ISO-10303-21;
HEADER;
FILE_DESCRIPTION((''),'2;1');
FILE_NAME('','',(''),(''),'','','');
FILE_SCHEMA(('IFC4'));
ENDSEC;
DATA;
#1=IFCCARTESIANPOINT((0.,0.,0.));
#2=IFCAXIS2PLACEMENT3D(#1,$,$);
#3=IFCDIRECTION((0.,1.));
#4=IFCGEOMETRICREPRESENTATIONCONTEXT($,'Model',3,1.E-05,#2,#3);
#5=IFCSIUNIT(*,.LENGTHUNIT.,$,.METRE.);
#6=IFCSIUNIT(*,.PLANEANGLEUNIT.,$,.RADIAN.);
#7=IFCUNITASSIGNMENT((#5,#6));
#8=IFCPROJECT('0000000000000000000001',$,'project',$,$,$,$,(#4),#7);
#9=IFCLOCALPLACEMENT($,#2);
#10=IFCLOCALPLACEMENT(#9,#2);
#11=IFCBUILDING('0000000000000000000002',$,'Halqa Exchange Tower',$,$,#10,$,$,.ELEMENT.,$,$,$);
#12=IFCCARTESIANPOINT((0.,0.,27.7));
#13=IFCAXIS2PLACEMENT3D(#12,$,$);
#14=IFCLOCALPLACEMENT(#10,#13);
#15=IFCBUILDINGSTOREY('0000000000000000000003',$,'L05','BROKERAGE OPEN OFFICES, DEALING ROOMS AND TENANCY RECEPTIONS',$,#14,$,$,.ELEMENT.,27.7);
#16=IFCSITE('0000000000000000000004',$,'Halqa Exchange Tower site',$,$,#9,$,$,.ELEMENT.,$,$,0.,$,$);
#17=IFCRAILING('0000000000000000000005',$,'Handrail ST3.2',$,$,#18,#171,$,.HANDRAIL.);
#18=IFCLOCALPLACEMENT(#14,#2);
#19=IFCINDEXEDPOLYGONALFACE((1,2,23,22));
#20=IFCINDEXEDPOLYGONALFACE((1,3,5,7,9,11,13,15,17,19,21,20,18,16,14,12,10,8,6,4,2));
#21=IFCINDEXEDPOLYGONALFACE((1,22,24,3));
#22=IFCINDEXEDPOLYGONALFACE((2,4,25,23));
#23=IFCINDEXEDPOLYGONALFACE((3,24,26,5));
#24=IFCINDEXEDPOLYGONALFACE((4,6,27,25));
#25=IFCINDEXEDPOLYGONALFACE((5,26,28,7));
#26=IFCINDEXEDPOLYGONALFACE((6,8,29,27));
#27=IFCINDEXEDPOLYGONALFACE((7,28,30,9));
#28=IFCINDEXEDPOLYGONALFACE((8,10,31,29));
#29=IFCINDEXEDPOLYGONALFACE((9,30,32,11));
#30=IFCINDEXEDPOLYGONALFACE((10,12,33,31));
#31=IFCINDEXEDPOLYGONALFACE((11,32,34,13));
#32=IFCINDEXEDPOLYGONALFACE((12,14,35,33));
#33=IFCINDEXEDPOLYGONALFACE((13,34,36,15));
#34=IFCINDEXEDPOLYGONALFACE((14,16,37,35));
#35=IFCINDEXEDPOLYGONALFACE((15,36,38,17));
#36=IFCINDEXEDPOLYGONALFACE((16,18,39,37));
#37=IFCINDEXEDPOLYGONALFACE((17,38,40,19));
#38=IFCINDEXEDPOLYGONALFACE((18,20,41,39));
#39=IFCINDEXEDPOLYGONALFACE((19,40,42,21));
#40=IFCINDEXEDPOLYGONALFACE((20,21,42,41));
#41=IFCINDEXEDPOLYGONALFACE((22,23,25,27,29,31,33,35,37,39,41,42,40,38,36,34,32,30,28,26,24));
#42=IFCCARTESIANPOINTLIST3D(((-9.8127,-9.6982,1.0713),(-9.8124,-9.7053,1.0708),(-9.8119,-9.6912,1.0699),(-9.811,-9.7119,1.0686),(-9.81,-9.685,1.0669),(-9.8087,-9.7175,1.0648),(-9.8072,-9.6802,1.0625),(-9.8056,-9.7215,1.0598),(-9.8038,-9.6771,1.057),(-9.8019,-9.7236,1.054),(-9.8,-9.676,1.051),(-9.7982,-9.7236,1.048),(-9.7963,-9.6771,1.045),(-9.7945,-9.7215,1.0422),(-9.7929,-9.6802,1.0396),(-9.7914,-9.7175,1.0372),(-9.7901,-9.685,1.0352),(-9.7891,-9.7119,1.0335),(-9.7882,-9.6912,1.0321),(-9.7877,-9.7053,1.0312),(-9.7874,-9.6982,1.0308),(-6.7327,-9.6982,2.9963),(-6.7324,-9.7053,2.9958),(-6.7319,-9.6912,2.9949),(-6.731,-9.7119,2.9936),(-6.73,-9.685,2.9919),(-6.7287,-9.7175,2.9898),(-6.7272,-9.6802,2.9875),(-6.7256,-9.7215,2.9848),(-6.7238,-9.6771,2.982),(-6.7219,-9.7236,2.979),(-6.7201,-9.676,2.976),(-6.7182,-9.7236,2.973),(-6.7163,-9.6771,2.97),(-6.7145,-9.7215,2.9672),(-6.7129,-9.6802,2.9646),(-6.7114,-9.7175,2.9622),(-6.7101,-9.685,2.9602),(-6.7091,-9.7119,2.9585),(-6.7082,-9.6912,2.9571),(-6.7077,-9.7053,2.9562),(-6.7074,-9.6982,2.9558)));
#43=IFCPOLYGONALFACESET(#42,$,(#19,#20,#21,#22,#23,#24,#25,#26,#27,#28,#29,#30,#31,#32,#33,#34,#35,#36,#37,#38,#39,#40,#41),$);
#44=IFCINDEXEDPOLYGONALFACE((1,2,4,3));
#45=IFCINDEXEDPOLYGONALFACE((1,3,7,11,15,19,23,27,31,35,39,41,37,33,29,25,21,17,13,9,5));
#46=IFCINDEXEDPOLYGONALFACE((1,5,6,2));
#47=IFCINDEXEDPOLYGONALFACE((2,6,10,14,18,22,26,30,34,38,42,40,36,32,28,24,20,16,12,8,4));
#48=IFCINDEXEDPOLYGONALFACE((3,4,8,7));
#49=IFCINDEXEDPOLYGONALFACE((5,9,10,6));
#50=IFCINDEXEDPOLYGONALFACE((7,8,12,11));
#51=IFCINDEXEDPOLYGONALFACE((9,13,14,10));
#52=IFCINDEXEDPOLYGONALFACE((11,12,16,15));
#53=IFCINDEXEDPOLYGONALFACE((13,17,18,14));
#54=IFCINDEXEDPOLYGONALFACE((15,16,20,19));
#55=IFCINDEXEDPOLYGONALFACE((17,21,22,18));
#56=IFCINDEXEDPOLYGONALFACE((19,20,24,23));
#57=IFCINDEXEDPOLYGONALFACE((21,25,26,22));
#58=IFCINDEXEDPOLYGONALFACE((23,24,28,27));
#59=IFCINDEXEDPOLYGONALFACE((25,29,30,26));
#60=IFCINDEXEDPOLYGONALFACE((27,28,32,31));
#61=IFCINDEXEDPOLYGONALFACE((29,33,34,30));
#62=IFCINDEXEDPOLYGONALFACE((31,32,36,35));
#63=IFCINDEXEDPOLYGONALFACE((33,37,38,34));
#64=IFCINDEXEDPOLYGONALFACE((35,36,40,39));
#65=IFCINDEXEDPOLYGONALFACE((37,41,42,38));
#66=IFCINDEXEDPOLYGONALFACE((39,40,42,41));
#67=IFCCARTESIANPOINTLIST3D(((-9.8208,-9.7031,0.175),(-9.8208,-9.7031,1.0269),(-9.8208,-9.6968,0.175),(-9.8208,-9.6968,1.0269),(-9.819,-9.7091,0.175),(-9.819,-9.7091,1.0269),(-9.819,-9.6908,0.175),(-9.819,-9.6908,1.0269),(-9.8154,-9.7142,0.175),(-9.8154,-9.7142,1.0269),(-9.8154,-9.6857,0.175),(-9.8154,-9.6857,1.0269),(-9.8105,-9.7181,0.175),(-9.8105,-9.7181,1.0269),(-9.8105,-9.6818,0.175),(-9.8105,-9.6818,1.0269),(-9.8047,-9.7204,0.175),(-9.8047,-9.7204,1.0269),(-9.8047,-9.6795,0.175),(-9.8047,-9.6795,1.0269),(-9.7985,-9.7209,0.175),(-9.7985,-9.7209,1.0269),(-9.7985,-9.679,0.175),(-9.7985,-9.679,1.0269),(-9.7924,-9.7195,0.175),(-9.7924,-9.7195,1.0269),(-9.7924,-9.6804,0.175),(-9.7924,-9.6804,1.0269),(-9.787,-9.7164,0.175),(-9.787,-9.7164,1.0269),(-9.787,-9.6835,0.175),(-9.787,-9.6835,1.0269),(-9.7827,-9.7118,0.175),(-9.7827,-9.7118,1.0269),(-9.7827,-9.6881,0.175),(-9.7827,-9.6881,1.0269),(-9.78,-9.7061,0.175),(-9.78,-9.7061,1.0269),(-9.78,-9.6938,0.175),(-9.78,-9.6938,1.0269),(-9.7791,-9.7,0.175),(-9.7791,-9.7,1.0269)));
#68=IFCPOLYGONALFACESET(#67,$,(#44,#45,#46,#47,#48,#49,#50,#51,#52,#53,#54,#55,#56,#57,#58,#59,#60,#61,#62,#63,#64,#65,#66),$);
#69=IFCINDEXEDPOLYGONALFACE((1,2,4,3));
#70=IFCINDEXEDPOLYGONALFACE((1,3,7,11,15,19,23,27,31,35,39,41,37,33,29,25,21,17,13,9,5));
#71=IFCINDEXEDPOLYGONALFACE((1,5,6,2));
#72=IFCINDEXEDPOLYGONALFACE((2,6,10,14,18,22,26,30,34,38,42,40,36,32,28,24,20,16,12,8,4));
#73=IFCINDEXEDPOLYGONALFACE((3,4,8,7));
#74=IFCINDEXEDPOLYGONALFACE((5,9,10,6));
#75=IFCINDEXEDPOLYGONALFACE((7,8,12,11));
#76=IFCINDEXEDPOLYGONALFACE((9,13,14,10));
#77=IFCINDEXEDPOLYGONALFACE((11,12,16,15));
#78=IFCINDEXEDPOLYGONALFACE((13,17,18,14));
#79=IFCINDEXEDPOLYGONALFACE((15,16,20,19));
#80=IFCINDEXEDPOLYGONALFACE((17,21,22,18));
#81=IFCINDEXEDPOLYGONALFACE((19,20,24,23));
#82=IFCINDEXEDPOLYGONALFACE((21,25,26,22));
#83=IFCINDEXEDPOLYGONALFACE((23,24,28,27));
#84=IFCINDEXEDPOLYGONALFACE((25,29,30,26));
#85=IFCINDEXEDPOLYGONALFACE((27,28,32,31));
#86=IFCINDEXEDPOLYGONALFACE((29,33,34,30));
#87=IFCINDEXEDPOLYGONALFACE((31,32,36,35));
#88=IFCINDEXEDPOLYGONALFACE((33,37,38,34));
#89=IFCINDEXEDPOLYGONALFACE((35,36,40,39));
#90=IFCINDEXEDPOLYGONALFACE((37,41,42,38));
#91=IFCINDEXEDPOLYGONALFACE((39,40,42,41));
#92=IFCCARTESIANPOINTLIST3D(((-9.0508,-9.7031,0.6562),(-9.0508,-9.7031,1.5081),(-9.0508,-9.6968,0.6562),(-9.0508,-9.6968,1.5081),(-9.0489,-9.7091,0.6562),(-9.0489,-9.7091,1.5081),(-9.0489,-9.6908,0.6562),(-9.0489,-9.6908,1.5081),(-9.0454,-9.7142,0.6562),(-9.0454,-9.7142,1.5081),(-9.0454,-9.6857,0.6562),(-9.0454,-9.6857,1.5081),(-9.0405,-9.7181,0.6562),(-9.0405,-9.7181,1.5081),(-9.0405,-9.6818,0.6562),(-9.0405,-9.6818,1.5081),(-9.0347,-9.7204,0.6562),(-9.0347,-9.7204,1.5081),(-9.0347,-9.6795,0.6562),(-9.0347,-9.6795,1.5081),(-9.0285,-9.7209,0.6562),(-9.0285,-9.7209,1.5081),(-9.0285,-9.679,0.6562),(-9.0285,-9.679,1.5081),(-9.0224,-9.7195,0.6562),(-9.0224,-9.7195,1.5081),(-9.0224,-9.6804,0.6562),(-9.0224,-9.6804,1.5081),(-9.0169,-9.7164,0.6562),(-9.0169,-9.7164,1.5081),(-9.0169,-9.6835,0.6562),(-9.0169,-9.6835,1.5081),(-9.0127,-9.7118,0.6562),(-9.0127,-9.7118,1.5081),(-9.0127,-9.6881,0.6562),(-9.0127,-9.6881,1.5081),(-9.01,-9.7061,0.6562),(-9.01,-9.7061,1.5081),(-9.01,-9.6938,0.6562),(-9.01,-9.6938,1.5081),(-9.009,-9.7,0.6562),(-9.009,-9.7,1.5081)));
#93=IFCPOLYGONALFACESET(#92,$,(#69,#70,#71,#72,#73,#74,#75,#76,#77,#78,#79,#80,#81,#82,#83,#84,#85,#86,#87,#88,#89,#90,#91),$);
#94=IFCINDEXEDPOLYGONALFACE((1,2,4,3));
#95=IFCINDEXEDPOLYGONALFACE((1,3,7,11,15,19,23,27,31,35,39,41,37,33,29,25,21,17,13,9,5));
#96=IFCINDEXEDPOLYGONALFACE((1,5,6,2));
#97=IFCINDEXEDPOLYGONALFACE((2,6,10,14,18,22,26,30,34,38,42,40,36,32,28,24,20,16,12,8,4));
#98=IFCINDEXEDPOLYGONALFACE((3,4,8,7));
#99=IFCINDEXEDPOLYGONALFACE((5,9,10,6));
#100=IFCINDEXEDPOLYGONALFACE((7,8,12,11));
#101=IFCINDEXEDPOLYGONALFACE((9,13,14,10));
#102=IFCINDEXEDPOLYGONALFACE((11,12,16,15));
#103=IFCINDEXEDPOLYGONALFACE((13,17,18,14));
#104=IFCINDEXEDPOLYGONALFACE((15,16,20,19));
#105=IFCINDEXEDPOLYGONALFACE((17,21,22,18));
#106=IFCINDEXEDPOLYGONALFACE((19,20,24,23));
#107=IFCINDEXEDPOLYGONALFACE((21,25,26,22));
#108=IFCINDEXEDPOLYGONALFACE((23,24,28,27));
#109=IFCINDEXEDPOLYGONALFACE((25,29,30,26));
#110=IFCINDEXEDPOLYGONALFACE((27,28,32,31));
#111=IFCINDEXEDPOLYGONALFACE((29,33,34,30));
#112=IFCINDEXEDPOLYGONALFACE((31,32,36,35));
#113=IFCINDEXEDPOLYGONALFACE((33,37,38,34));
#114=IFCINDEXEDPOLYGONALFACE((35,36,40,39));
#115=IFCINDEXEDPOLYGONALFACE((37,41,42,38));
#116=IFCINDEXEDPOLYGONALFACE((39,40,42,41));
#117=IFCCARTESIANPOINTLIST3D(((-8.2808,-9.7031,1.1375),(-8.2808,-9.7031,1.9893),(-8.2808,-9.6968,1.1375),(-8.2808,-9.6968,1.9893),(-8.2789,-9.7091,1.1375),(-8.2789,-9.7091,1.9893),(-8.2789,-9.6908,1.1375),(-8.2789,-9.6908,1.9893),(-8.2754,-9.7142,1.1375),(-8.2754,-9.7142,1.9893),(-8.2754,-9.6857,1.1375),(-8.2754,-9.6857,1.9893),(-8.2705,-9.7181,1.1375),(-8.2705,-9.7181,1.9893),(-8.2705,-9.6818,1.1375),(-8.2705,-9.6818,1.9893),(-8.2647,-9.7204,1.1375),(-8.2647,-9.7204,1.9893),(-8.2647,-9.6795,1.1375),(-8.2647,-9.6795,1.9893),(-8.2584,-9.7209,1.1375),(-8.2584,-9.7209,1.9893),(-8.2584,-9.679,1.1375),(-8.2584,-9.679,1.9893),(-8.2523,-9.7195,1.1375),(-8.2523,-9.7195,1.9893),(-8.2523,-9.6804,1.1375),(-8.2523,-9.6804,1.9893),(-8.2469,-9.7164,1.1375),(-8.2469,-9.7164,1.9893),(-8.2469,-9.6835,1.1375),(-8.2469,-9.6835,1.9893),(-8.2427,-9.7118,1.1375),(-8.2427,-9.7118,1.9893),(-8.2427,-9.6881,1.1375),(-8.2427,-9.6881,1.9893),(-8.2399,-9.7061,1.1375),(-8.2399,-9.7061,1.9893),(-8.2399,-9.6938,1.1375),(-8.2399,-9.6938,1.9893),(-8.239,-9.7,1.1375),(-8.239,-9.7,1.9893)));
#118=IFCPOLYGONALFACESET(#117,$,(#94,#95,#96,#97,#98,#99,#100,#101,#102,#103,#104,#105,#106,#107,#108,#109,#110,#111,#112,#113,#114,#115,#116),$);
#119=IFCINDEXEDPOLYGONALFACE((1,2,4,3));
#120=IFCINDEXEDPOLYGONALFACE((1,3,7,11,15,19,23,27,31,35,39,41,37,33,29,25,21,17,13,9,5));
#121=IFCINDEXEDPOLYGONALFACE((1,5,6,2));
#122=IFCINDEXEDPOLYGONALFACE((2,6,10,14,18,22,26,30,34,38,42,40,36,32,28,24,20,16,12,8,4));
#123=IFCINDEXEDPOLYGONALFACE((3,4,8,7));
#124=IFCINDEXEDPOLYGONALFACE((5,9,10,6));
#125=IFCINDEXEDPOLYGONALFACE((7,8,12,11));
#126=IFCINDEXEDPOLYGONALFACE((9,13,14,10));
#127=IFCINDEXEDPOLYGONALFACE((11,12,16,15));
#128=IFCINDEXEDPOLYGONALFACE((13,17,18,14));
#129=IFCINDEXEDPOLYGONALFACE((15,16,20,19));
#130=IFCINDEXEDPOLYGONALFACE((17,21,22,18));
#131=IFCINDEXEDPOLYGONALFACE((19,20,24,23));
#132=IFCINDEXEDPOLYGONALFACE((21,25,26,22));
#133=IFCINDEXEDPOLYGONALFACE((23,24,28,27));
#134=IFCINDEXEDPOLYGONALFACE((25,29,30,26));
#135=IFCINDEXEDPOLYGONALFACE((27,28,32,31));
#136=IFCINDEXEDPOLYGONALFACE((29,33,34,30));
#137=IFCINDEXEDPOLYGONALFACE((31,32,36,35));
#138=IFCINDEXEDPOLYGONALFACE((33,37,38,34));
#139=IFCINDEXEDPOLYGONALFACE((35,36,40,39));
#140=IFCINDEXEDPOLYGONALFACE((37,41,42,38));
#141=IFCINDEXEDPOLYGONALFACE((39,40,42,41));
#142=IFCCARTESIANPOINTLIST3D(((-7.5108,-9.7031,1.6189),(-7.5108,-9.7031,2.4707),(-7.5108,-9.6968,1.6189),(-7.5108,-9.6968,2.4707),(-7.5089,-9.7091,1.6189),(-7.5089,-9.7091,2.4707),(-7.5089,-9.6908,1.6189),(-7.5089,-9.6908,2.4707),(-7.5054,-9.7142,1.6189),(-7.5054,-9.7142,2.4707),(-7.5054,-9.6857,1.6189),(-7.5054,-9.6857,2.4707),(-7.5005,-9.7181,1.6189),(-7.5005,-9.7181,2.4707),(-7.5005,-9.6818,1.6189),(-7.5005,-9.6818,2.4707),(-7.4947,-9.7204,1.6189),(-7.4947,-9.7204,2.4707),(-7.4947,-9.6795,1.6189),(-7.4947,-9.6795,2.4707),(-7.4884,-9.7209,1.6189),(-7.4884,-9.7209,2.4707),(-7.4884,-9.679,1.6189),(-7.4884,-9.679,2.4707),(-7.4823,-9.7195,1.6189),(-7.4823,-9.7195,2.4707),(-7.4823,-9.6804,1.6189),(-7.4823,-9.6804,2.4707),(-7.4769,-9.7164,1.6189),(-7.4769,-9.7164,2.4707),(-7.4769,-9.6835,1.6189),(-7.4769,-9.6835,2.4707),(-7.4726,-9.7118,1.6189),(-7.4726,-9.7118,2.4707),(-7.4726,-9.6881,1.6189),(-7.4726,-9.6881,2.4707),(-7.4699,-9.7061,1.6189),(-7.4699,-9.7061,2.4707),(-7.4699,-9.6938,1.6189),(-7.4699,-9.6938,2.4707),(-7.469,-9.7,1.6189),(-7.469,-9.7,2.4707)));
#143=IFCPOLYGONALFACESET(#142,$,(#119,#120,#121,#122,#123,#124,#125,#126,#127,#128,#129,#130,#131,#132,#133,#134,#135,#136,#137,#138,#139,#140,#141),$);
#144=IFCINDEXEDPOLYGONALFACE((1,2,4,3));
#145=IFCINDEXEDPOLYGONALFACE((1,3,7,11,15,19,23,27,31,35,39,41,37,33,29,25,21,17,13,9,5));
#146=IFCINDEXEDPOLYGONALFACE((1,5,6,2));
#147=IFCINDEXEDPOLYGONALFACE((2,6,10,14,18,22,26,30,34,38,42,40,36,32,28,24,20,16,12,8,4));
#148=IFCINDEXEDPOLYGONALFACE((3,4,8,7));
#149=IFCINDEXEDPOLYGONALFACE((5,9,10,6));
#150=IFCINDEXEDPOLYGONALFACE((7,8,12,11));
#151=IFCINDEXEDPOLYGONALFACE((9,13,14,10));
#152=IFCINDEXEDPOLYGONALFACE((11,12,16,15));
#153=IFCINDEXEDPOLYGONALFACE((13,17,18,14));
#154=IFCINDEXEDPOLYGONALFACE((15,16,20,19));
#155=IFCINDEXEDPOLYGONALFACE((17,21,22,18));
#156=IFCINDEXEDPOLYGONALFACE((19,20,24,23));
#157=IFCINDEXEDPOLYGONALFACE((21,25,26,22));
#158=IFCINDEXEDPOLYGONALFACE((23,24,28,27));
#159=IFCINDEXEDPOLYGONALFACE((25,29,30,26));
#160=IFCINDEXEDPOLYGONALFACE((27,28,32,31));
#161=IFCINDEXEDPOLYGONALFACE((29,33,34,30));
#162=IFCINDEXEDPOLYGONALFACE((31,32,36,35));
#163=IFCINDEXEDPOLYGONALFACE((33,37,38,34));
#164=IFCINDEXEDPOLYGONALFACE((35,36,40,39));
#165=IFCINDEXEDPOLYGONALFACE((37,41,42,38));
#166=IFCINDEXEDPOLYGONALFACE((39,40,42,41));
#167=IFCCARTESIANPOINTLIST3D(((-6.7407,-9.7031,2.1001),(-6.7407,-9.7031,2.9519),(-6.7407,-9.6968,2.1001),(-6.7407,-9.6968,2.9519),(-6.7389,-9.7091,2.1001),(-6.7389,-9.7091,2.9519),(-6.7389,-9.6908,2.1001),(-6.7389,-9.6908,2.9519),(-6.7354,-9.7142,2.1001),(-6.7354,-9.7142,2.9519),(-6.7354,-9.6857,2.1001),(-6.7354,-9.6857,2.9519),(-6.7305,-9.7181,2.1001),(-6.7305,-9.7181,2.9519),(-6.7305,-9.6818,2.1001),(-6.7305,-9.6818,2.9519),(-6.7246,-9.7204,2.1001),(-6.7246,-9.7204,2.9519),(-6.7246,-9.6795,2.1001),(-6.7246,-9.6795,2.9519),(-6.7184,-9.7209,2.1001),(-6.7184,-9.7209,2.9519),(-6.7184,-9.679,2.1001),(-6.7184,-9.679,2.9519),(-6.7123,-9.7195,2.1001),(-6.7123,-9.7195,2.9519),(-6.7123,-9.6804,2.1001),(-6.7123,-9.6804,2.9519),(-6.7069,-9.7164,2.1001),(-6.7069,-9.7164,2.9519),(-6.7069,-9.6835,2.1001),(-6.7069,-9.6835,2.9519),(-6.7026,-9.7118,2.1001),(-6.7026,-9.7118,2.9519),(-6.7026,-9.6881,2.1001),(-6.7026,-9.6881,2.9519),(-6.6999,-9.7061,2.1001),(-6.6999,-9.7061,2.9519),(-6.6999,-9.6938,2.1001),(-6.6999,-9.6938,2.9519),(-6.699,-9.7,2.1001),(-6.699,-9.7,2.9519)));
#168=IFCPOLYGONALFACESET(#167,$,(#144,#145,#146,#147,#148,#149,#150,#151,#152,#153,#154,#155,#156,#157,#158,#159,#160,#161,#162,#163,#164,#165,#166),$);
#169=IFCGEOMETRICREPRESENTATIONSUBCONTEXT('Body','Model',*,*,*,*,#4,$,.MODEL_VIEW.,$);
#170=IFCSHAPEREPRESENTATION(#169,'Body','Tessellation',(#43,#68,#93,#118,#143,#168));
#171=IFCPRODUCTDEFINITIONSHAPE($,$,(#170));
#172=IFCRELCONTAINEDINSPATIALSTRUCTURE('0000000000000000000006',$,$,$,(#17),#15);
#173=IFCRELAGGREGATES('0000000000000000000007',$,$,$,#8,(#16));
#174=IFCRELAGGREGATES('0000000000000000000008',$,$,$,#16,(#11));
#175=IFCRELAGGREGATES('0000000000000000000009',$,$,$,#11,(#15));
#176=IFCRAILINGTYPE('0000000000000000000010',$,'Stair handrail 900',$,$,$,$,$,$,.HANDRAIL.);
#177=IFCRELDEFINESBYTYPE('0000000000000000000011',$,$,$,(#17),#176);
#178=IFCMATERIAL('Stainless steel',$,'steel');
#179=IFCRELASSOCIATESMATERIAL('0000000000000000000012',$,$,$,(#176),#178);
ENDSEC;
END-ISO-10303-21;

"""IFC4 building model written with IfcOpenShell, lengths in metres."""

from ifc_helpers import new_model, si_unit, direction, frame, origin, origin_2d, place, context, subcontext, project, spatial, circle, extrude, material, type_object, element, save


model = new_model("IFC4")

# Units and contexts
model_context = context("Model", 3, precision=1e-05, world=origin(), true_north=direction((0.0, 1.0)))
body_context = subcontext(model_context, "Body", "Model", "MODEL_VIEW")
ifc_project = project(units=[si_unit("LENGTHUNIT", "METRE"), si_unit("PLANEANGLEUNIT", "RADIAN")], contexts=[model_context])

# Site, building, storey
site_placement = place(None, origin())
site = spatial("IfcSite", under=ifc_project, at=site_placement, Name="Halqa Exchange Tower site", CompositionType="ELEMENT", RefElevation=0.0)
building_placement = place(site_placement, origin())
building = spatial("IfcBuilding", under=site, at=building_placement, Name="Halqa Exchange Tower", CompositionType="ELEMENT")
storey_placement = place(building_placement, frame((0.0, 0.0, 27.7)))
storey = spatial("IfcBuildingStorey", under=building, at=storey_placement, Name="L05", Description="BROKERAGE OPEN OFFICES, DEALING ROOMS AND TENANCY RECEPTIONS", CompositionType="ELEMENT", Elevation=27.7)

# Shared definitions
ifc_material_1 = material(Name="Stainless steel", Category="steel")

# Railing
railing_type_1 = type_object("IfcRailingType", Name="Stair handrail 900", PredefinedType="HANDRAIL", material=ifc_material_1)
railing_1_placement = place(storey_placement, frame((-9.8, -9.7, 0.175)))
element("IfcRailing", 1, at=railing_1_placement, inside=storey, type_object=railing_type_1, Name="Handrail ST3.2", PredefinedType="HANDRAIL", context=body_context, shape_type="SweptSolid", body=[
    extrude(circle(Radius=0.0239, at=origin_2d()), frame((0.0, 0.0, 0.876), z_axis=(0.847998, 0.0, 0.529999), x_axis=(0.0, 1.0, 0.0)), (0.0, 0.0, 1.0), 3.6321),
    extrude(circle(Radius=0.021, at=origin_2d()), origin(), (0.0, 0.0, 1.0), 0.8518),
    extrude(circle(Radius=0.021, at=origin_2d()), frame((0.77, 0.0, 0.4812)), (0.0, 0.0, 1.0), 0.8518),
    extrude(circle(Radius=0.021, at=origin_2d()), frame((1.54, 0.0, 0.9624)), (0.0, 0.0, 1.0), 0.8518),
    extrude(circle(Radius=0.021, at=origin_2d()), frame((2.3101, 0.0, 1.4438)), (0.0, 0.0, 1.0), 0.8518),
    extrude(circle(Radius=0.021, at=origin_2d()), frame((3.0801, 0.0, 1.925)), (0.0, 0.0, 1.0), 0.8518),
])

save(model, "model.ifc")
